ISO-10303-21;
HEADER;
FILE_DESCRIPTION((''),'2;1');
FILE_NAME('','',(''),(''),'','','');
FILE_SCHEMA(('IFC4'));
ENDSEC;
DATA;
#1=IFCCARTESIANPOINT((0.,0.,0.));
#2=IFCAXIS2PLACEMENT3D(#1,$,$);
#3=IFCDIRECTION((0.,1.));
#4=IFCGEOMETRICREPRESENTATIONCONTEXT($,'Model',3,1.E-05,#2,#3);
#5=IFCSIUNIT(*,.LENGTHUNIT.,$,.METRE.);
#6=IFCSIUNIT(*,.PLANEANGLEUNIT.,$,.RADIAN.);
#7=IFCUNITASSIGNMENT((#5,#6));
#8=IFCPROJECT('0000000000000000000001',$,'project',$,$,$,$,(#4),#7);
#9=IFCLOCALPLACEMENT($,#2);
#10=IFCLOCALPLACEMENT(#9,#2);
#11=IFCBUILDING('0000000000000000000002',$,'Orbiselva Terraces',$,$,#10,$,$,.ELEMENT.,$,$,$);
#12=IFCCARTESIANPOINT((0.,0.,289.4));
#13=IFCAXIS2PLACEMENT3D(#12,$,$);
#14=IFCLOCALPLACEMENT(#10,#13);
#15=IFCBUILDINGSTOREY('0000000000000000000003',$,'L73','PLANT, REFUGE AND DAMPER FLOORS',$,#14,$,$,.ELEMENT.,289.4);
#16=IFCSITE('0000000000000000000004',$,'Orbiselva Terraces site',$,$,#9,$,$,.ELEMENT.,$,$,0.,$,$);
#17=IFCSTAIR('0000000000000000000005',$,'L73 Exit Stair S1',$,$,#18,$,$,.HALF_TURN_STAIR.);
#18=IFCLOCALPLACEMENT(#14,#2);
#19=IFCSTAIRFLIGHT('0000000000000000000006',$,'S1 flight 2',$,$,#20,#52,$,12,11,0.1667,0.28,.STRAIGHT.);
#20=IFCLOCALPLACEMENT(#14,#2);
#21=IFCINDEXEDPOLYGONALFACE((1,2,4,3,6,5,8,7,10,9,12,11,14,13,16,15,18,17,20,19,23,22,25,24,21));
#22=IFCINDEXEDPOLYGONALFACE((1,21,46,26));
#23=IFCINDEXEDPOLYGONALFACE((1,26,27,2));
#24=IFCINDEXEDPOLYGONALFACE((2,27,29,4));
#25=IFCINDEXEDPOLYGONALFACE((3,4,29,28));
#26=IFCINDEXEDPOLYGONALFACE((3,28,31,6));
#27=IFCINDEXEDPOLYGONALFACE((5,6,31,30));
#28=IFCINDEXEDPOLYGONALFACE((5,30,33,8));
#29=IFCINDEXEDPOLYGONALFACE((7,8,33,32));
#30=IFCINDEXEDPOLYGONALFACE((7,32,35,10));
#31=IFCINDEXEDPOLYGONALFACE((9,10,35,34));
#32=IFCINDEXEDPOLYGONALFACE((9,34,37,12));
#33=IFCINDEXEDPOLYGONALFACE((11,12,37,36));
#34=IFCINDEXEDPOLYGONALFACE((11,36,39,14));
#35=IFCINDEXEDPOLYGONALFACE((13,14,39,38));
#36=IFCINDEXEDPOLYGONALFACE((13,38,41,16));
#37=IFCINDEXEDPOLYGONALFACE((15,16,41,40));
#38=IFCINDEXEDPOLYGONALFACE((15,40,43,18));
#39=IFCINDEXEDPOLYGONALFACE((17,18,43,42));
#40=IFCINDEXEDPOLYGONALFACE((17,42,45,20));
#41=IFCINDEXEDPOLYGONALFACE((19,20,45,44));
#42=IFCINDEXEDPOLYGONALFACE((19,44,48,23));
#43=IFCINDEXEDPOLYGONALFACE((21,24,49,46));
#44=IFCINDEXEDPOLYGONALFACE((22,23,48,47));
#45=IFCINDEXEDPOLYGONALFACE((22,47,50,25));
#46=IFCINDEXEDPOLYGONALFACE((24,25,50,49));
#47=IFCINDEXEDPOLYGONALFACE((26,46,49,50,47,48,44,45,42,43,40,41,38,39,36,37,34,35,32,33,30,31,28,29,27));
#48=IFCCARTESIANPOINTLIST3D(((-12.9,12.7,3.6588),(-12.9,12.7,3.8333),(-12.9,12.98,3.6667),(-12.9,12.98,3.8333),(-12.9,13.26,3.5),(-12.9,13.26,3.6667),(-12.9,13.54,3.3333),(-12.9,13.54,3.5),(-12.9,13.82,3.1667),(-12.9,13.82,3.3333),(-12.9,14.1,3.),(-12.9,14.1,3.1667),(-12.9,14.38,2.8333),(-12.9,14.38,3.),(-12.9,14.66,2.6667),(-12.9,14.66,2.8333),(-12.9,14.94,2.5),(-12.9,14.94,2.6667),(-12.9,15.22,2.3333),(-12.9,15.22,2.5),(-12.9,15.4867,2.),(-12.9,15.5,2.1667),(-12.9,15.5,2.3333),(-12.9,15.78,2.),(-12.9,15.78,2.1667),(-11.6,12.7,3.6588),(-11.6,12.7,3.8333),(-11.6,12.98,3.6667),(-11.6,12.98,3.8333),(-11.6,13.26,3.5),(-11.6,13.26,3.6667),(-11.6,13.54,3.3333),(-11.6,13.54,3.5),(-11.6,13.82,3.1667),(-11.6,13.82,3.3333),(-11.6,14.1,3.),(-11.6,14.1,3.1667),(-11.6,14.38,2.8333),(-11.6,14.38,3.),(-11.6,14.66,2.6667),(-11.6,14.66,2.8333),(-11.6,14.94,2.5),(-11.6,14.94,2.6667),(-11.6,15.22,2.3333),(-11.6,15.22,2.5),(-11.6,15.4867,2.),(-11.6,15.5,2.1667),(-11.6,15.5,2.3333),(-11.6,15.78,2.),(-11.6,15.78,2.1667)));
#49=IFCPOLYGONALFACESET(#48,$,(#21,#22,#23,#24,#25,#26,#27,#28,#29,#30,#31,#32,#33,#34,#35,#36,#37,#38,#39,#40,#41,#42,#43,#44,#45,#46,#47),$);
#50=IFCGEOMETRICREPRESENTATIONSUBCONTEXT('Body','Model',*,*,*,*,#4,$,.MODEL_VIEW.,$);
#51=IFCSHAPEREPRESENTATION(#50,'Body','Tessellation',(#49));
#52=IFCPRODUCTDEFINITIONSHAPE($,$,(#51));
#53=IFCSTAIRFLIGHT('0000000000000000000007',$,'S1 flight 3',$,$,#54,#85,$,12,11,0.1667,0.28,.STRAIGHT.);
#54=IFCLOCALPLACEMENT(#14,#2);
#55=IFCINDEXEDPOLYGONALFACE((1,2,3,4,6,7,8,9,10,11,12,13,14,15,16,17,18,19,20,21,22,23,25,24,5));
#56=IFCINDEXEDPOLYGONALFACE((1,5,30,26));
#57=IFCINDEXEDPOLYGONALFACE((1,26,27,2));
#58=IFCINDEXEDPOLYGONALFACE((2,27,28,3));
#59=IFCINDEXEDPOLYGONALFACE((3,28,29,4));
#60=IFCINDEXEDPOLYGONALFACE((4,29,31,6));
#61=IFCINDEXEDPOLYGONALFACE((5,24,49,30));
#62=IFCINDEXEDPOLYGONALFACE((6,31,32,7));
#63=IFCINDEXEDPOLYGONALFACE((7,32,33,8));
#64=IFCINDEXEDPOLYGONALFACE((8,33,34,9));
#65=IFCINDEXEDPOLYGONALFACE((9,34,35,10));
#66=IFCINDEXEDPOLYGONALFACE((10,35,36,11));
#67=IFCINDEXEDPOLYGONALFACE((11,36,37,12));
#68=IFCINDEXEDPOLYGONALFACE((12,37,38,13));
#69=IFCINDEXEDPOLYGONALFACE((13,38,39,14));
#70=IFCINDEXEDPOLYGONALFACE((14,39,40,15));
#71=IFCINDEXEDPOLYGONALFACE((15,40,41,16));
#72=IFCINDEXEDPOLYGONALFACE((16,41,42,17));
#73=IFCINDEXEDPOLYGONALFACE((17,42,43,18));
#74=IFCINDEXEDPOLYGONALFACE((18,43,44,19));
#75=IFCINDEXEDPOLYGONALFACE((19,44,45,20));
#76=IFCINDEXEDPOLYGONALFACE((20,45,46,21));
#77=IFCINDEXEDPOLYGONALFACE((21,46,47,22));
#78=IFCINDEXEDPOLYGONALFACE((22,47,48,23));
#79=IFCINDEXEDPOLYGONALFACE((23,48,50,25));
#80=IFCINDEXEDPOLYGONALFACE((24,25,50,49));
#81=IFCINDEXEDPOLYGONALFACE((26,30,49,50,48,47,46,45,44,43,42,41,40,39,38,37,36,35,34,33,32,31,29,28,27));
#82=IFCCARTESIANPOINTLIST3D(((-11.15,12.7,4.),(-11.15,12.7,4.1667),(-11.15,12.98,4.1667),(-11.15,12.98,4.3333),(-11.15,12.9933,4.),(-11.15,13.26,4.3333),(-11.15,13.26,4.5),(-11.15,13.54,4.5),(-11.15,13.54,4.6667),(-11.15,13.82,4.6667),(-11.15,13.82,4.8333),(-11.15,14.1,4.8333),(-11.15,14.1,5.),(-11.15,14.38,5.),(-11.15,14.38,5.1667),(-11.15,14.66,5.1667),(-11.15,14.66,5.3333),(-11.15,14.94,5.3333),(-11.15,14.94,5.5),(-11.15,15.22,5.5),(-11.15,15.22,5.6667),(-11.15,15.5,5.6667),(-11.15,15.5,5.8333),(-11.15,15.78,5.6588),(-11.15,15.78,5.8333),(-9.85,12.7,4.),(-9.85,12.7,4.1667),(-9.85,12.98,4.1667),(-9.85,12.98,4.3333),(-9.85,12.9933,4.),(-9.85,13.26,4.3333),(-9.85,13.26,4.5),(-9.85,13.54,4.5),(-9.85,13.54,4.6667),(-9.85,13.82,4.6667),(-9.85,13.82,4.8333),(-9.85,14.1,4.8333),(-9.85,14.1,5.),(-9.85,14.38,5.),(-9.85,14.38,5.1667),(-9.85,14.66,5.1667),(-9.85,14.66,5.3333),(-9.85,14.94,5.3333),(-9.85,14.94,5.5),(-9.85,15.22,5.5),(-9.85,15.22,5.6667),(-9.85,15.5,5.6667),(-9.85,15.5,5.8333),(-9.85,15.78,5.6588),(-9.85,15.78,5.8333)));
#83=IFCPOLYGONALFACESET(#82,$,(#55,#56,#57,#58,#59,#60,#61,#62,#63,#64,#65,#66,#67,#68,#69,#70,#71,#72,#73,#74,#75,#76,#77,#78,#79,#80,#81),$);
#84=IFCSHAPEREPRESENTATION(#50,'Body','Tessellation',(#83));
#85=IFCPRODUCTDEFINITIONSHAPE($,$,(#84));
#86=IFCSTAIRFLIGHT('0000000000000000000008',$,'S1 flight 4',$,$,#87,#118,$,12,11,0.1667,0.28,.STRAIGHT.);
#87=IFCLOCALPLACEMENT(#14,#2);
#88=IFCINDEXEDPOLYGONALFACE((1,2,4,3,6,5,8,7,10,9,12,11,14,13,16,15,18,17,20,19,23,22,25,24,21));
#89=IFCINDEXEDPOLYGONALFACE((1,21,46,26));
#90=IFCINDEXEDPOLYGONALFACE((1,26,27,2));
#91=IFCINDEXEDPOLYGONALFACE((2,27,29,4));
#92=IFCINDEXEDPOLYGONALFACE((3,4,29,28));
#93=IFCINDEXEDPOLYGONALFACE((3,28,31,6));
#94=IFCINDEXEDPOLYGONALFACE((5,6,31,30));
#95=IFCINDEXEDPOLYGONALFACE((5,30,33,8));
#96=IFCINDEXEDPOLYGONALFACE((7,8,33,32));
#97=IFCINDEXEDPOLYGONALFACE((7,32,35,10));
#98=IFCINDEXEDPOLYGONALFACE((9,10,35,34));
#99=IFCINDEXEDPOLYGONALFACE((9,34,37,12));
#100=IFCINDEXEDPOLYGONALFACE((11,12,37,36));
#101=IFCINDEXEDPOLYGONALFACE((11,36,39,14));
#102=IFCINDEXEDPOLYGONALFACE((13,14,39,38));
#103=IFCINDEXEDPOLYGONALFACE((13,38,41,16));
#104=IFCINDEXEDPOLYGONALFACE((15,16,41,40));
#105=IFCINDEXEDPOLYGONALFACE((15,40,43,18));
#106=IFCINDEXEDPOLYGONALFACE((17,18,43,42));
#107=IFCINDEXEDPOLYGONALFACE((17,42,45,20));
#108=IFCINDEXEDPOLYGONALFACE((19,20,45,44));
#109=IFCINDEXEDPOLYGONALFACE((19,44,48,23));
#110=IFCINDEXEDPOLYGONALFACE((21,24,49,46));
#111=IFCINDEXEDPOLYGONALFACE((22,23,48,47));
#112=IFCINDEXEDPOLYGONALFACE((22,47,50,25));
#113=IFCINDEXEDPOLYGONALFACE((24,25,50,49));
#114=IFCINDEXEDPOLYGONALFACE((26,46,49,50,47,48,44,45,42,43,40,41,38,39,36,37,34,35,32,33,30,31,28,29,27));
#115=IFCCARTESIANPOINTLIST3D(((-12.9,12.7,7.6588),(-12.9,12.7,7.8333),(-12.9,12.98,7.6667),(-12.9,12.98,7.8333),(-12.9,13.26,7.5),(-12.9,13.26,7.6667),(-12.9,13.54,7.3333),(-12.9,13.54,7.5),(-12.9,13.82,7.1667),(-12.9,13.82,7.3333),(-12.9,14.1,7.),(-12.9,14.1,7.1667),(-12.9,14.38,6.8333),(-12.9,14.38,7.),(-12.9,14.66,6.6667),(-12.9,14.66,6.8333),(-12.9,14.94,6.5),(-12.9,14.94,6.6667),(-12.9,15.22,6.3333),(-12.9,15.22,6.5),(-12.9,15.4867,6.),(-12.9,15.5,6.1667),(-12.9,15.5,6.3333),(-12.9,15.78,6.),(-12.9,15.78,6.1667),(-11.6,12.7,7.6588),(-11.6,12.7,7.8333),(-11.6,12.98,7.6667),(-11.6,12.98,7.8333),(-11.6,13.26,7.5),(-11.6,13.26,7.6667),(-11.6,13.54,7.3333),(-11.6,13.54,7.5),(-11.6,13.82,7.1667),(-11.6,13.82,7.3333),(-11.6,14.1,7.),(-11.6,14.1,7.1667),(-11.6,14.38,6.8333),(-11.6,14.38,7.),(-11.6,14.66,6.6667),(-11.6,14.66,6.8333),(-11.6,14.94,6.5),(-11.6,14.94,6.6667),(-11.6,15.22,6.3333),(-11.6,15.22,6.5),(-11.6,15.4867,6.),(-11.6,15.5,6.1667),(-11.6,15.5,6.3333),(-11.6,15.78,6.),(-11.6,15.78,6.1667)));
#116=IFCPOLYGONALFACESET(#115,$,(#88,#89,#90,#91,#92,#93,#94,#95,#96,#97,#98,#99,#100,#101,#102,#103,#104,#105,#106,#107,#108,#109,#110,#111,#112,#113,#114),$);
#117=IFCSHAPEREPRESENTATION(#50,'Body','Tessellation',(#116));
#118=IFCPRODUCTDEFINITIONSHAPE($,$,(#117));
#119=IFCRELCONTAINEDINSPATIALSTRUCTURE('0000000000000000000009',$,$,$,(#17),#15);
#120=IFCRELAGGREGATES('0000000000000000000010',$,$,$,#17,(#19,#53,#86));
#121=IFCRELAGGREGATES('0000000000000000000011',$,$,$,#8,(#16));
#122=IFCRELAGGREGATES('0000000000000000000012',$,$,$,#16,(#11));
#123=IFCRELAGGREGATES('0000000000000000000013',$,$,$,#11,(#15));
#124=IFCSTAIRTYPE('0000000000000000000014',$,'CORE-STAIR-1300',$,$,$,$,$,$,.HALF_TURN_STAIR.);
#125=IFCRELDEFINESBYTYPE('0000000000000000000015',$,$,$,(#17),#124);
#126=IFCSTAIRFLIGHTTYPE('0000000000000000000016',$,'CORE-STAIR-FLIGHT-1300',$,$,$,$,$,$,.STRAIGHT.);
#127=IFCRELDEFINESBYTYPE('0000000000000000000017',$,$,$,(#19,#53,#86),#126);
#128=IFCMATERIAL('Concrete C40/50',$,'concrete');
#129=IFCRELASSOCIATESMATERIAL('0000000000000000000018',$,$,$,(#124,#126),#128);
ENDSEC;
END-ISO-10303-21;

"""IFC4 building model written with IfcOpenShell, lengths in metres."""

from ifc_helpers import new_model, si_unit, direction, frame, origin, place, context, subcontext, project, spatial, polyline, outline, extrude, material, type_object, element, aggregate, save


model = new_model("IFC4")

# Units and contexts
model_context = context("Model", 3, precision=1e-05, world=origin(), true_north=direction((0.0, 1.0)))
body_context = subcontext(model_context, "Body", "Model", "MODEL_VIEW")
ifc_project = project(units=[si_unit("LENGTHUNIT", "METRE"), si_unit("PLANEANGLEUNIT", "RADIAN")], contexts=[model_context])

# Site, building, storey
site_placement = place(None, origin())
site = spatial("IfcSite", under=ifc_project, at=site_placement, Name="Orbiselva Terraces site", CompositionType="ELEMENT", RefElevation=0.0)
building_placement = place(site_placement, origin())
building = spatial("IfcBuilding", under=site, at=building_placement, Name="Orbiselva Terraces", CompositionType="ELEMENT")
storey_placement = place(building_placement, frame((0.0, 0.0, 289.4)))
storey = spatial("IfcBuildingStorey", under=building, at=storey_placement, Name="L73", Description="PLANT, REFUGE AND DAMPER FLOORS", CompositionType="ELEMENT", Elevation=289.4)

# Shared definitions
ifc_material_1 = material(Name="Concrete C40/50", Category="concrete")

# Stair, stair flights
stair_type = type_object("IfcStairType", Name="CORE-STAIR-1300", PredefinedType="HALF_TURN_STAIR", material=ifc_material_1)
stair_placement = place(storey_placement, origin())
stair = element("IfcStair", 1, at=stair_placement, inside=storey, type_object=stair_type, Name="L73 Exit Stair S1", PredefinedType="HALF_TURN_STAIR")
stair_flight_type = type_object("IfcStairFlightType", Name="CORE-STAIR-FLIGHT-1300", PredefinedType="STRAIGHT", material=ifc_material_1)
stair_flight_1_placement = place(storey_placement, frame((-12.25, 15.78, 2.0), z_axis=(0.0, 0.0, 1.0), x_axis=(0.0, -1.0, 0.0)))
stair_flight_1 = element("IfcStairFlight", 2, at=stair_flight_1_placement, type_object=stair_flight_type, Name="S1 flight 2", NumberOfRisers=12, NumberOfTreads=11, PredefinedType="STRAIGHT", RiserHeight=0.1667, TreadLength=0.28, context=body_context, shape_type="SweptSolid", body=[
    extrude(outline(polyline([(0.0, 0.0), (0.0, 0.1667), (0.28, 0.1667), (0.28, 0.3333), (0.56, 0.3333), (0.56, 0.5), (0.84, 0.5), (0.84, 0.6667), (1.12, 0.6667), (1.12, 0.8333), (1.4, 0.8333), (1.4, 1.0), (1.68, 1.0), (1.68, 1.1667), (1.96, 1.1667), (1.96, 1.3333), (2.24, 1.3333), (2.24, 1.5), (2.52, 1.5), (2.52, 1.6667), (2.8, 1.6667), (2.8, 1.8333), (3.08, 1.8333), (3.08, 2.0), (3.08, 1.6588), (0.2933, 0.0), (0.0, 0.0)])), frame((0.0, 0.65, 0.0), z_axis=(0.0, -1.0, 0.0), x_axis=(1.0, 0.0, 0.0)), (0.0, 0.0, 1.0), 1.3),
])
stair_flight_2_placement = place(storey_placement, frame((-10.5, 12.7, 4.0), z_axis=(0.0, 0.0, 1.0), x_axis=(0.0, 1.0, 0.0)))
stair_flight_2 = element("IfcStairFlight", 3, at=stair_flight_2_placement, type_object=stair_flight_type, Name="S1 flight 3", NumberOfRisers=12, NumberOfTreads=11, PredefinedType="STRAIGHT", RiserHeight=0.1667, TreadLength=0.28, context=body_context, shape_type="SweptSolid", body=[
    extrude(outline(polyline([(0.0, 0.0), (0.0, 0.1667), (0.28, 0.1667), (0.28, 0.3333), (0.56, 0.3333), (0.56, 0.5), (0.84, 0.5), (0.84, 0.6667), (1.12, 0.6667), (1.12, 0.8333), (1.4, 0.8333), (1.4, 1.0), (1.68, 1.0), (1.68, 1.1667), (1.96, 1.1667), (1.96, 1.3333), (2.24, 1.3333), (2.24, 1.5), (2.52, 1.5), (2.52, 1.6667), (2.8, 1.6667), (2.8, 1.8333), (3.08, 1.8333), (3.08, 2.0), (3.08, 1.6588), (0.2933, 0.0), (0.0, 0.0)])), frame((0.0, 0.65, 0.0), z_axis=(0.0, -1.0, 0.0), x_axis=(1.0, 0.0, 0.0)), (0.0, 0.0, 1.0), 1.3),
])
stair_flight_3_placement = place(storey_placement, frame((-12.25, 15.78, 6.0), z_axis=(0.0, 0.0, 1.0), x_axis=(0.0, -1.0, 0.0)))
stair_flight_3 = element("IfcStairFlight", 4, at=stair_flight_3_placement, type_object=stair_flight_type, Name="S1 flight 4", NumberOfRisers=12, NumberOfTreads=11, PredefinedType="STRAIGHT", RiserHeight=0.1667, TreadLength=0.28, context=body_context, shape_type="SweptSolid", body=[
    extrude(outline(polyline([(0.0, 0.0), (0.0, 0.1667), (0.28, 0.1667), (0.28, 0.3333), (0.56, 0.3333), (0.56, 0.5), (0.84, 0.5), (0.84, 0.6667), (1.12, 0.6667), (1.12, 0.8333), (1.4, 0.8333), (1.4, 1.0), (1.68, 1.0), (1.68, 1.1667), (1.96, 1.1667), (1.96, 1.3333), (2.24, 1.3333), (2.24, 1.5), (2.52, 1.5), (2.52, 1.6667), (2.8, 1.6667), (2.8, 1.8333), (3.08, 1.8333), (3.08, 2.0), (3.08, 1.6588), (0.2933, 0.0), (0.0, 0.0)])), frame((0.0, 0.65, 0.0), z_axis=(0.0, -1.0, 0.0), x_axis=(1.0, 0.0, 0.0)), (0.0, 0.0, 1.0), 1.3),
])
aggregate(stair, [stair_flight_1, stair_flight_2, stair_flight_3])

save(model, "model.ifc")
